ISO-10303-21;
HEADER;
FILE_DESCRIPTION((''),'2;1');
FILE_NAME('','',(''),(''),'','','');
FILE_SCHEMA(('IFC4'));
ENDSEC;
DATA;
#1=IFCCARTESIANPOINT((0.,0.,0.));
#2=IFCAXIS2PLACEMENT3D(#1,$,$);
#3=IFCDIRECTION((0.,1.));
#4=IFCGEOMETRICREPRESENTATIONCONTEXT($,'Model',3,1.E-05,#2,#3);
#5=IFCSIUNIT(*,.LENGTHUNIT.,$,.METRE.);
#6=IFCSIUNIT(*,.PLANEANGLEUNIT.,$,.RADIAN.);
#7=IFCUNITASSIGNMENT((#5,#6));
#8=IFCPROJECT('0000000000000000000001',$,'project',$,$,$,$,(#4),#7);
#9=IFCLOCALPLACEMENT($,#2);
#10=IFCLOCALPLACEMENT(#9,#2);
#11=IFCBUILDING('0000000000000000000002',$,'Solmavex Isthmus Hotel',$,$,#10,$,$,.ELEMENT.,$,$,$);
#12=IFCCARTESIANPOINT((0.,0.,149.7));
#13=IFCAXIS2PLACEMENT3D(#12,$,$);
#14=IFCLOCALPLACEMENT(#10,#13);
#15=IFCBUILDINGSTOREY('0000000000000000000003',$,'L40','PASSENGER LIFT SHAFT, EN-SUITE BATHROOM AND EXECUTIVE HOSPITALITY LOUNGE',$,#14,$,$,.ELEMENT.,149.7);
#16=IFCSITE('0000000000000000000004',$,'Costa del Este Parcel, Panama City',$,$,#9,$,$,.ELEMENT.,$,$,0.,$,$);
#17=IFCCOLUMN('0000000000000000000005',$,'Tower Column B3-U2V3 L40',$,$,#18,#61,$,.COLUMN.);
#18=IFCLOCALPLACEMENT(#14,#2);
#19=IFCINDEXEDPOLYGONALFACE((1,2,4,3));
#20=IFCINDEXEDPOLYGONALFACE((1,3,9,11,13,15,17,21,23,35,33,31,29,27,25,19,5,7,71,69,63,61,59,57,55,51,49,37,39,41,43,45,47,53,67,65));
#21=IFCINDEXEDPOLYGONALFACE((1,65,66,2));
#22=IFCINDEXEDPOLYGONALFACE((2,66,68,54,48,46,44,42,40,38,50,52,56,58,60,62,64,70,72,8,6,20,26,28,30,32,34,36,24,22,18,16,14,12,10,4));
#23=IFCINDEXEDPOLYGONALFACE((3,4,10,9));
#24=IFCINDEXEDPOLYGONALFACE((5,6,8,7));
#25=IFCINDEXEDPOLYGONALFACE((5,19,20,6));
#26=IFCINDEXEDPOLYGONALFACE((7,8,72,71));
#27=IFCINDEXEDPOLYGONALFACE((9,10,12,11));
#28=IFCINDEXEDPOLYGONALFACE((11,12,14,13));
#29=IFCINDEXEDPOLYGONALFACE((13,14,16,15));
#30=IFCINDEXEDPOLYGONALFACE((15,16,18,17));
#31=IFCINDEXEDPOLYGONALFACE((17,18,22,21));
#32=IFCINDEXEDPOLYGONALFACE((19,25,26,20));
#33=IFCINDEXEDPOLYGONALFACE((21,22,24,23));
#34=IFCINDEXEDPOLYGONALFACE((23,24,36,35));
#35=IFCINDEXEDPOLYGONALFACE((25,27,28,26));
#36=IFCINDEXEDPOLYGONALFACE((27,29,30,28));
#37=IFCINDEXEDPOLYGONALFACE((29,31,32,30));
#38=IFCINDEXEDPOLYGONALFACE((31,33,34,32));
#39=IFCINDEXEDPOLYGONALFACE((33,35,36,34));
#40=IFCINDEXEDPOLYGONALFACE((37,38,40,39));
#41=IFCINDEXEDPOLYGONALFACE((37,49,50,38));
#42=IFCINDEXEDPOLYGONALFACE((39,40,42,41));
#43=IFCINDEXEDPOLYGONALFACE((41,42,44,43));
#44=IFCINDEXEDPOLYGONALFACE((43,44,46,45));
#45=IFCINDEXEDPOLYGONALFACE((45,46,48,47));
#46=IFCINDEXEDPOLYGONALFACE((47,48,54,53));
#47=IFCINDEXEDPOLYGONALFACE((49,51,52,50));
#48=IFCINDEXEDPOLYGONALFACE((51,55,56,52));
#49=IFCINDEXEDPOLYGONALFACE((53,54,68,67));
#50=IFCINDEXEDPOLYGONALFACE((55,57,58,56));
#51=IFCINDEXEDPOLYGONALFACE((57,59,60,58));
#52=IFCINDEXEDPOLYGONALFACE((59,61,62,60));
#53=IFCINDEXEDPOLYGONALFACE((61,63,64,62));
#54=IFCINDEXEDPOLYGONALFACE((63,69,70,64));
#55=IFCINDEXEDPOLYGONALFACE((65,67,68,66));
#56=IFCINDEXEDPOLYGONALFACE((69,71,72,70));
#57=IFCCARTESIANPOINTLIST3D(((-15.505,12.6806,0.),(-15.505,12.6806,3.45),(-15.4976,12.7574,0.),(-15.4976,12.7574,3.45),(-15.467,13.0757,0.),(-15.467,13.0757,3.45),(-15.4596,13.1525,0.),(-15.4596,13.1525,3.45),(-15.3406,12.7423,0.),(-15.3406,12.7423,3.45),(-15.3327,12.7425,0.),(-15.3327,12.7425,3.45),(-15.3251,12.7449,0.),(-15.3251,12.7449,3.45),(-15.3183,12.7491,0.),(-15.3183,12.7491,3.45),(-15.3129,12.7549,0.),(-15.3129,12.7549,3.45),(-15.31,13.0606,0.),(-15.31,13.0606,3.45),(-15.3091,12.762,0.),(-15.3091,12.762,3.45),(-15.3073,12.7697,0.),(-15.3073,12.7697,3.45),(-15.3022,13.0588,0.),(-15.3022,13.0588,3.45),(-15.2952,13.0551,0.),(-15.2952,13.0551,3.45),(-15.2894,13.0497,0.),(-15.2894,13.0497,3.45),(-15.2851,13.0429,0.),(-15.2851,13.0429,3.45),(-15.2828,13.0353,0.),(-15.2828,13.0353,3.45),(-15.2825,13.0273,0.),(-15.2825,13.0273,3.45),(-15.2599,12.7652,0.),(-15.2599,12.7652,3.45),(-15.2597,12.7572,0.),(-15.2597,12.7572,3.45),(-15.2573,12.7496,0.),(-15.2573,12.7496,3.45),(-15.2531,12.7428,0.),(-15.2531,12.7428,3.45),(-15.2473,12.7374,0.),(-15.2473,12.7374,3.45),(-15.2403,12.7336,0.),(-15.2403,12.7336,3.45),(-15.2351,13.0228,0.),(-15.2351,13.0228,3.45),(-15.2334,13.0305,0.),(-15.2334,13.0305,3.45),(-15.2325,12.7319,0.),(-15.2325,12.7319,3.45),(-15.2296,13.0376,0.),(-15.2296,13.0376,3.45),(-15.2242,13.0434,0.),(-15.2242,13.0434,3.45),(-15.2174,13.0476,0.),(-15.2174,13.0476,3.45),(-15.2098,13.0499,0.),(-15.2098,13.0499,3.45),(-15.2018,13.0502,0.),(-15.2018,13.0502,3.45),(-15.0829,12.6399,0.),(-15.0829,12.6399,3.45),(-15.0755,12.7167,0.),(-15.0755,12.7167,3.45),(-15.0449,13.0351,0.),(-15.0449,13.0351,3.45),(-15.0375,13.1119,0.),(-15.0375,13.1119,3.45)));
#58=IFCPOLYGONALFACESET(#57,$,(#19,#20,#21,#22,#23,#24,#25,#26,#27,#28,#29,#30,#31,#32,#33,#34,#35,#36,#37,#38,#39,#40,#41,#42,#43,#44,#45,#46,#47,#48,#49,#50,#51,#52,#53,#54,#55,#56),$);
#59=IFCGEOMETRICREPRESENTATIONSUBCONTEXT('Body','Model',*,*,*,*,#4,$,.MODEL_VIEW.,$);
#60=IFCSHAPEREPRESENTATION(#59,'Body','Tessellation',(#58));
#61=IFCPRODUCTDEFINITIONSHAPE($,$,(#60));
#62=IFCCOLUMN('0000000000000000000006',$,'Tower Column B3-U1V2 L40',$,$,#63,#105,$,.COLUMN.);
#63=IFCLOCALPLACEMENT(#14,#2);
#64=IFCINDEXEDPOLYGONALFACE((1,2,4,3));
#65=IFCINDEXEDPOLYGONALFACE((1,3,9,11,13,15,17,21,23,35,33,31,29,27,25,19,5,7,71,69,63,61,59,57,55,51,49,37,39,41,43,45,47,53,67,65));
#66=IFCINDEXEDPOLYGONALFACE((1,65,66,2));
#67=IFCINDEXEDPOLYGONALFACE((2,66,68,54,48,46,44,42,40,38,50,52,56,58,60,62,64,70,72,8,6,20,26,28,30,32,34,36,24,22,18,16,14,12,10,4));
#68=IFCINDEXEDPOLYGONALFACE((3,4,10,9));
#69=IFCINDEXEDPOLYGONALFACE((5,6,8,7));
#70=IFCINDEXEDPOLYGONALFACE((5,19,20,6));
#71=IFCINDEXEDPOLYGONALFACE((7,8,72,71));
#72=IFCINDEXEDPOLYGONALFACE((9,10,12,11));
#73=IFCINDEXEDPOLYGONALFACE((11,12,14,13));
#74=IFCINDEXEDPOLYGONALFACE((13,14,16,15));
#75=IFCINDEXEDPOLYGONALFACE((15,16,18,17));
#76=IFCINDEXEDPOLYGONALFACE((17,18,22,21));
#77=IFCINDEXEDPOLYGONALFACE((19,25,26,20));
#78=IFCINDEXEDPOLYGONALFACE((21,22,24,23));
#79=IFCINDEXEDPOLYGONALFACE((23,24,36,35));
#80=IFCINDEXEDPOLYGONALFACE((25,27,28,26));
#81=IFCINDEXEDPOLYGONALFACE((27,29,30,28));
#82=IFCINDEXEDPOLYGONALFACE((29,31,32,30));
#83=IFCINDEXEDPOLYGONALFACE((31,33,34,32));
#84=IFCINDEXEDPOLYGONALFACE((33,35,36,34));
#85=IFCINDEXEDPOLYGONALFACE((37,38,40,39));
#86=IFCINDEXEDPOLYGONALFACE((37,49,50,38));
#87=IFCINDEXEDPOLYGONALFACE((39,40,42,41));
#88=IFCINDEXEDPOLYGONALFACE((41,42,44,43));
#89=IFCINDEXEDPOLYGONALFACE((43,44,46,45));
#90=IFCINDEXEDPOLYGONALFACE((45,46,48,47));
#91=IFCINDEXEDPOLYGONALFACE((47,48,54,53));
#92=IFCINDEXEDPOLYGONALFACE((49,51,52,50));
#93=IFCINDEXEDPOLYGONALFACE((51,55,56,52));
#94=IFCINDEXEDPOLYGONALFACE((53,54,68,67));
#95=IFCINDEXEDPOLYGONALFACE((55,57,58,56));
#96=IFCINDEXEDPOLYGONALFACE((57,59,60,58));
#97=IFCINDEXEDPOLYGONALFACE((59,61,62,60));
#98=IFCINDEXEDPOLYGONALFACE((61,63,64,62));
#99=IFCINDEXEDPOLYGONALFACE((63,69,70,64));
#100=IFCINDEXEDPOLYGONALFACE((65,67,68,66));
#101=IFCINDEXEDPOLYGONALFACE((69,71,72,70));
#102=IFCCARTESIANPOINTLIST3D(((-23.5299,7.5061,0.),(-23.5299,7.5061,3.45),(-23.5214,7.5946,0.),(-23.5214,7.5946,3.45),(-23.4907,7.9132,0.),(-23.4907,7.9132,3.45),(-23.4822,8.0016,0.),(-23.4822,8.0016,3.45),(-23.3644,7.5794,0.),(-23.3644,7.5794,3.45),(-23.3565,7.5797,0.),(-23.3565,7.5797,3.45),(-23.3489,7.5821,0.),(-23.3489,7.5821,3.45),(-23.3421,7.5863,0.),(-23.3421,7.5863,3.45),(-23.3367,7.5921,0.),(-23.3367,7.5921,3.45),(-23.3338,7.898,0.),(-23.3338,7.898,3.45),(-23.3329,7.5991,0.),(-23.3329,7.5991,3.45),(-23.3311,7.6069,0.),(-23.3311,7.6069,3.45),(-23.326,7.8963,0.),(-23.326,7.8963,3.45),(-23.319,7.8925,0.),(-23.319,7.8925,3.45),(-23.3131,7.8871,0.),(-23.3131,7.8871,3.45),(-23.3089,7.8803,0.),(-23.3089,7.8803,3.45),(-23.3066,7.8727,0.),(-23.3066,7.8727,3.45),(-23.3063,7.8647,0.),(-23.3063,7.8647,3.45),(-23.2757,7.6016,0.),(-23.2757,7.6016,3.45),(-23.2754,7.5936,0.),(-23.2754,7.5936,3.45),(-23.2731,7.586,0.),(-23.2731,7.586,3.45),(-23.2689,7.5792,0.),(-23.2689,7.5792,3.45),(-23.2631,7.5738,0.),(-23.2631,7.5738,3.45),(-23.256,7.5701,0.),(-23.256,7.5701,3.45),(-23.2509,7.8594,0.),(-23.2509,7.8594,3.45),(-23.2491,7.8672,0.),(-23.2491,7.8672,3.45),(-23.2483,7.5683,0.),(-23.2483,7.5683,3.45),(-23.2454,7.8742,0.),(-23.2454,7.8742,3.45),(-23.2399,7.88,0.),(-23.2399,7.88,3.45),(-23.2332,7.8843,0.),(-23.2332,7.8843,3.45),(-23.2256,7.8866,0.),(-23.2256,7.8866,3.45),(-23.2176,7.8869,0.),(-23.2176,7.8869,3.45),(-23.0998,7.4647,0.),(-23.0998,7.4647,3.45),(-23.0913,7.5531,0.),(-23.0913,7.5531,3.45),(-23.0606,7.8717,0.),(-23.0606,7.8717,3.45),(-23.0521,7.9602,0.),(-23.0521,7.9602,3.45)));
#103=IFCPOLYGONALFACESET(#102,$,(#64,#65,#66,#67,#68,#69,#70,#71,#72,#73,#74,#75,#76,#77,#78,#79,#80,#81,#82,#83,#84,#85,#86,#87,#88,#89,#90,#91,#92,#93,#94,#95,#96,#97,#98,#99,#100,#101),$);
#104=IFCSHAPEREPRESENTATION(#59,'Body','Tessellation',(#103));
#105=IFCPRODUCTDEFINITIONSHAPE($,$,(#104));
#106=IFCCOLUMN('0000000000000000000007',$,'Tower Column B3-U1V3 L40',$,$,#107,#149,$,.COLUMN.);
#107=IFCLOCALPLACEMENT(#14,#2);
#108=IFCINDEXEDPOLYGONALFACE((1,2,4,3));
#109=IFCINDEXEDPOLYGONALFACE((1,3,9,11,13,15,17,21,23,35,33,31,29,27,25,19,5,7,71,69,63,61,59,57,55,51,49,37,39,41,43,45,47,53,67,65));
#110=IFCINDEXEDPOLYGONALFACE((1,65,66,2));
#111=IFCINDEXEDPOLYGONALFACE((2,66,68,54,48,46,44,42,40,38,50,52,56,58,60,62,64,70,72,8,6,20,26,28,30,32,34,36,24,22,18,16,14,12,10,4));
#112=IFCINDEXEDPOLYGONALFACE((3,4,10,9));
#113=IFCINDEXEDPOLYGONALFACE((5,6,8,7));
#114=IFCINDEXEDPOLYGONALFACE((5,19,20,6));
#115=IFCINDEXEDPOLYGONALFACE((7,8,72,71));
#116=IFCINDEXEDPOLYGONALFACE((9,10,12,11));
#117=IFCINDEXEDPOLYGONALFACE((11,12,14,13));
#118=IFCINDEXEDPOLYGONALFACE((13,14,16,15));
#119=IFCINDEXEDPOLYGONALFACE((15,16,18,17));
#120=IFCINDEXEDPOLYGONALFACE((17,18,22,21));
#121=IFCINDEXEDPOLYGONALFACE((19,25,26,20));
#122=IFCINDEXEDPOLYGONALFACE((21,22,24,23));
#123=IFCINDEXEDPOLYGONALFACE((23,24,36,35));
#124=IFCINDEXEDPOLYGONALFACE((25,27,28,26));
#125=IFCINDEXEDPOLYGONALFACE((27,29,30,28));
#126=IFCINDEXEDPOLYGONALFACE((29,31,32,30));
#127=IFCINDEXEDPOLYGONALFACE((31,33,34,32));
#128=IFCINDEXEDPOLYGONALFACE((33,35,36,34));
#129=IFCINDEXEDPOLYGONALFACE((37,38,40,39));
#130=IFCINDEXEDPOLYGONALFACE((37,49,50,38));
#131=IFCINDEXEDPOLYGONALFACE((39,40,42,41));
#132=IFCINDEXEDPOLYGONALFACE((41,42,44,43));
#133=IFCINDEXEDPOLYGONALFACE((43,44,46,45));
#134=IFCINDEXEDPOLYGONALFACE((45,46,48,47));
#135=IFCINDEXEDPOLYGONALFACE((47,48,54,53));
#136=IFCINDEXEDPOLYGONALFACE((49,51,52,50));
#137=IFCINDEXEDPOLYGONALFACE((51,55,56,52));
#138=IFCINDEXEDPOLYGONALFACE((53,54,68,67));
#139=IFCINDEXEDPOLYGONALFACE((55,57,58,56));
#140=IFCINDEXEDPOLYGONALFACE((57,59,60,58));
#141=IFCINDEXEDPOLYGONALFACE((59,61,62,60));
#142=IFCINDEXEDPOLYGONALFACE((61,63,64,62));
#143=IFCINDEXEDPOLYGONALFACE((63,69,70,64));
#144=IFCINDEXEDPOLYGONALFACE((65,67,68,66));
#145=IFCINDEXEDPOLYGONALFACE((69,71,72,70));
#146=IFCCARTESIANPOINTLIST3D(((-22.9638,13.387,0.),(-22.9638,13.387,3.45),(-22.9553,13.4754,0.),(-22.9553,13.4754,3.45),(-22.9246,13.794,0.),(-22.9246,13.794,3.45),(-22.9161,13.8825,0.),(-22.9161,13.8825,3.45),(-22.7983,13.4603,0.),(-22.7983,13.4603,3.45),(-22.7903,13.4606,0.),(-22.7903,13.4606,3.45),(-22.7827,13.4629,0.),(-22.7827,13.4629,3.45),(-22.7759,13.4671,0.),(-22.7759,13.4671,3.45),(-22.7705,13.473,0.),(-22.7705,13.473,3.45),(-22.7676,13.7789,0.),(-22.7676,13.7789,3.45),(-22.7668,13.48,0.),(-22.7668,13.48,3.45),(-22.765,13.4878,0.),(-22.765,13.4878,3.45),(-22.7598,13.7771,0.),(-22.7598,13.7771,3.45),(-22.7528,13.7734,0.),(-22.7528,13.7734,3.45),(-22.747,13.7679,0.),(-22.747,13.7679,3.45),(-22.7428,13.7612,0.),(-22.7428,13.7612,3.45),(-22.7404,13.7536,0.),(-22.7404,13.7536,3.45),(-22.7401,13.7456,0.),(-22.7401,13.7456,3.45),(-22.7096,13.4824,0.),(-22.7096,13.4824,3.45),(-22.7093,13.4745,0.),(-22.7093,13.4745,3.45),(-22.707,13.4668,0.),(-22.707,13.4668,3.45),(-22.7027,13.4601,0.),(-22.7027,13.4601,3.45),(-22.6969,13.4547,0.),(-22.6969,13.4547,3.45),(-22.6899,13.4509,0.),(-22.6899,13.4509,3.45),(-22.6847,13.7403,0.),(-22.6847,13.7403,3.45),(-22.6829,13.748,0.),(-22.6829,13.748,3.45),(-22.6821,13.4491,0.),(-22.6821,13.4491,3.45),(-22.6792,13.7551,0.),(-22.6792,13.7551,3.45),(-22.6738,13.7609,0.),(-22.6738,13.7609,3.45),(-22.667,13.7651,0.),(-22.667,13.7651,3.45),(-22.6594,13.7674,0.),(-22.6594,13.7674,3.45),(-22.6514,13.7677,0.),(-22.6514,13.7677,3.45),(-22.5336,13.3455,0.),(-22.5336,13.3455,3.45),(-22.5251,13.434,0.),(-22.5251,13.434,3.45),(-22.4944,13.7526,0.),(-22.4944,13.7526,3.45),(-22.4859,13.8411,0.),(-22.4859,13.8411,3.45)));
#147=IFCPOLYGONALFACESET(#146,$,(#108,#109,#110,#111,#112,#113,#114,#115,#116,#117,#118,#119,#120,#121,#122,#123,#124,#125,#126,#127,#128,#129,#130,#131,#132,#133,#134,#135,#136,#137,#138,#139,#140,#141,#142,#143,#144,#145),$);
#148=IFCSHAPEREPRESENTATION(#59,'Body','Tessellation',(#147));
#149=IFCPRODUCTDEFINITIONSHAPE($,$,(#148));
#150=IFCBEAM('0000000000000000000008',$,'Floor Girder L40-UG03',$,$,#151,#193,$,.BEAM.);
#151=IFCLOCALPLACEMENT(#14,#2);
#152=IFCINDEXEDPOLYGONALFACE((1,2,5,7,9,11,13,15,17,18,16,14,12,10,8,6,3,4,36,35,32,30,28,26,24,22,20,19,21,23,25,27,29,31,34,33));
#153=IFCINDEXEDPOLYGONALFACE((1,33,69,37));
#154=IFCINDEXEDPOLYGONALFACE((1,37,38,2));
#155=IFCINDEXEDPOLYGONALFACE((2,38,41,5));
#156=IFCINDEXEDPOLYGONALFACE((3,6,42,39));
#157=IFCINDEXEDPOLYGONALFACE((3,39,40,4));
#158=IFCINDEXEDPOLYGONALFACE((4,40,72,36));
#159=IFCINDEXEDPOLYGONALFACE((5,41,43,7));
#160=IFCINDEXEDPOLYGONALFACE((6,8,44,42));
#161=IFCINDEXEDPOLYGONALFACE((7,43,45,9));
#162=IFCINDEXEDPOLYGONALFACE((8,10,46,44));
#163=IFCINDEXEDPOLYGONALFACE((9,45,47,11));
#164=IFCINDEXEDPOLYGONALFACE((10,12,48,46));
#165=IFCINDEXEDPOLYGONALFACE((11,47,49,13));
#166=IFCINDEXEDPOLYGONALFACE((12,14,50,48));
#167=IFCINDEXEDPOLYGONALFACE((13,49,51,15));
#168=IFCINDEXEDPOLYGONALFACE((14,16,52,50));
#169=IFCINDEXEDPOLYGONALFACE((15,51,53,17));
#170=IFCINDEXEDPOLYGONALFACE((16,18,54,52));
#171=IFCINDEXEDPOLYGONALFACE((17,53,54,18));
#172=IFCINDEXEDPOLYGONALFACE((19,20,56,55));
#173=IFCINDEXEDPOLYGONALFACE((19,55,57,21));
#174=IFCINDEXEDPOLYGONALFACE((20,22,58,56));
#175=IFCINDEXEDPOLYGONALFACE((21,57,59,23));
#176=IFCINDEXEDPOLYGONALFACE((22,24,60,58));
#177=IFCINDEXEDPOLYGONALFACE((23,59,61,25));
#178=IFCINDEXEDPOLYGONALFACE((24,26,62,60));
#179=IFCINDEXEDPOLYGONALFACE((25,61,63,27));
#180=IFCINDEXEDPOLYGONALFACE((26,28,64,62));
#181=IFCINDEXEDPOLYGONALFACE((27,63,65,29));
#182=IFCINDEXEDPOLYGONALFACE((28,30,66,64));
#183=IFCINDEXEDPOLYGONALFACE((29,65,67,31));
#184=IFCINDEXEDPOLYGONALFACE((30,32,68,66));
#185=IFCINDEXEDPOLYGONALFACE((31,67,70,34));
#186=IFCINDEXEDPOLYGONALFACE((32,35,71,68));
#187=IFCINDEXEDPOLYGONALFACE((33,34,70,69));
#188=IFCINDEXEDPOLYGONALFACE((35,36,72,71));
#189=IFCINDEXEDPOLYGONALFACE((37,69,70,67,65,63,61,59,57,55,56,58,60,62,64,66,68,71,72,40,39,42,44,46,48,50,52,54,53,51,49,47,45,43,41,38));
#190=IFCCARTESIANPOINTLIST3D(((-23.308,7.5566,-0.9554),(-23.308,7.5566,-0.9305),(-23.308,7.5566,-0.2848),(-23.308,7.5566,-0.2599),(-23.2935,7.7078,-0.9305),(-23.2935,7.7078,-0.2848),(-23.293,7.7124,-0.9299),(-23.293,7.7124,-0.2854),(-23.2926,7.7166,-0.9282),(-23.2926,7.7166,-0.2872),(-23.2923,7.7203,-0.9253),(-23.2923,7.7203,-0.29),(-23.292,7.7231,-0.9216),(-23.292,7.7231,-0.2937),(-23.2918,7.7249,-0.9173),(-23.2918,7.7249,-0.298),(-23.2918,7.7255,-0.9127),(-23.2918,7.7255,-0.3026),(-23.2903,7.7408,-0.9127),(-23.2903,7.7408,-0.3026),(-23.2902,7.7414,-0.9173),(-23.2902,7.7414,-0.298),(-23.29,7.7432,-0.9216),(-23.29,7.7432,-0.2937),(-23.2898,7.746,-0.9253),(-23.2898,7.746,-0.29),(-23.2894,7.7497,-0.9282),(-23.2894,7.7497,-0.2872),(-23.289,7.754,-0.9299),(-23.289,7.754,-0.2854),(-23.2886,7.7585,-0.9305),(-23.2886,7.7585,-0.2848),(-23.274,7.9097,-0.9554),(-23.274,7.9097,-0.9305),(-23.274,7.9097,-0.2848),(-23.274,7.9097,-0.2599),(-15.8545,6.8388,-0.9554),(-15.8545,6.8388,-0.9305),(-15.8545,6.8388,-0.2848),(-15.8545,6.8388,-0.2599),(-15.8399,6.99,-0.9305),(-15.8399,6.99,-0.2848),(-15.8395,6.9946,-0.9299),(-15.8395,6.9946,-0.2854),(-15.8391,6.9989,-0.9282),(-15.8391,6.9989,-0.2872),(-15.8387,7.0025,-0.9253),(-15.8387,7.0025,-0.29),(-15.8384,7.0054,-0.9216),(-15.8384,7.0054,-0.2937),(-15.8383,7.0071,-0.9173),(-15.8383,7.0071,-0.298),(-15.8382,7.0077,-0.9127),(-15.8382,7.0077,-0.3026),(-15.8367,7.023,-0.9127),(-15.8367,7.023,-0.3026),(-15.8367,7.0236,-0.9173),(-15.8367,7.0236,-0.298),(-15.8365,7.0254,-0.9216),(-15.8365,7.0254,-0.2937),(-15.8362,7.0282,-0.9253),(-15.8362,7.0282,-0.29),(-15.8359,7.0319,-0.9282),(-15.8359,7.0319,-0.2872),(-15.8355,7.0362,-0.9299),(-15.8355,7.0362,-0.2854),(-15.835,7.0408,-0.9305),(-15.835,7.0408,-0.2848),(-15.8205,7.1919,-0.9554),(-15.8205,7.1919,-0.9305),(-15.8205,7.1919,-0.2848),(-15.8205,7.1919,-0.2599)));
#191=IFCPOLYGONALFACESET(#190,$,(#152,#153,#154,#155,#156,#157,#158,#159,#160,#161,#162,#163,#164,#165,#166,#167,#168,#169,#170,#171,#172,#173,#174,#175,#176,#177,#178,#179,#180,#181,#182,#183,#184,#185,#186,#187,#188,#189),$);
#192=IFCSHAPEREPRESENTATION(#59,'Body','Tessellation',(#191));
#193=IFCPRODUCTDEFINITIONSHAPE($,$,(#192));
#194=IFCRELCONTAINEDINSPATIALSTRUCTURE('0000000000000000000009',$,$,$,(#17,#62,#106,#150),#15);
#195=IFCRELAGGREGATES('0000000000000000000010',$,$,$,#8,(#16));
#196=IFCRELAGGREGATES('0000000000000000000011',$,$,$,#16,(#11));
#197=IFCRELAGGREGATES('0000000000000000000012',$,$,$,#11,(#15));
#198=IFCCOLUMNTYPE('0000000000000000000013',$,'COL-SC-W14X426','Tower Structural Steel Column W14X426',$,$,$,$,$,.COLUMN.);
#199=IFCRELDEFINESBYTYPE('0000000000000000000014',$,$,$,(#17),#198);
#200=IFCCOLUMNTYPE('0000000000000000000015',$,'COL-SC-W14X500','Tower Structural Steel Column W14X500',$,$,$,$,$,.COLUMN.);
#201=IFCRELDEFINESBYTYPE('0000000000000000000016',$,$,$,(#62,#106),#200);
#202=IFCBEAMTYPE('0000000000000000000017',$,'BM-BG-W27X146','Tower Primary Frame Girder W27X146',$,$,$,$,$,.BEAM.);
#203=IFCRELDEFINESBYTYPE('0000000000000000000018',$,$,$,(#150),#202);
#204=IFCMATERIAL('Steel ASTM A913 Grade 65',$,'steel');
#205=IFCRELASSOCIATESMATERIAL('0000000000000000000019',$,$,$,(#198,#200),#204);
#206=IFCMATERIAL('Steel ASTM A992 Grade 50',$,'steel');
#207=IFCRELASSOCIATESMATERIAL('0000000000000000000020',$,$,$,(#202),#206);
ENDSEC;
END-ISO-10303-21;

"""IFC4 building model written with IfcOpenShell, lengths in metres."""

from ifc_helpers import new_model, si_unit, direction, frame, origin, origin_2d, place, context, subcontext, project, spatial, i_section, extrude, material, material_profile, profile_set, type_object, element, save


model = new_model("IFC4")

# Units and contexts
model_context = context("Model", 3, precision=1e-05, world=origin(), true_north=direction((0.0, 1.0)))
body_context = subcontext(model_context, "Body", "Model", "MODEL_VIEW")
ifc_project = project(units=[si_unit("LENGTHUNIT", "METRE"), si_unit("PLANEANGLEUNIT", "RADIAN")], contexts=[model_context])

# Site, building, storey
site_placement = place(None, origin())
site = spatial("IfcSite", under=ifc_project, at=site_placement, Name="Costa del Este Parcel, Panama City", CompositionType="ELEMENT", RefElevation=0.0)
building_placement = place(site_placement, origin())
building = spatial("IfcBuilding", under=site, at=building_placement, Name="Solmavex Isthmus Hotel", CompositionType="ELEMENT")
storey_placement = place(building_placement, frame((0.0, 0.0, 149.7)))
storey = spatial("IfcBuildingStorey", under=building, at=storey_placement, Name="L40", Description="PASSENGER LIFT SHAFT, EN-SUITE BATHROOM AND EXECUTIVE HOSPITALITY LOUNGE", CompositionType="ELEMENT", Elevation=149.7)

# Columns
ifc_material_1 = material(Name="Steel ASTM A913 Grade 65", Category="steel")
ifc_material_profile_1 = material_profile(ifc_material_1, i_section(OverallWidth=0.4241, OverallDepth=0.4741, WebThickness=0.0476, FlangeThickness=0.0771, FilletRadius=0.0305, at=origin_2d()), Name="W14X426")
ifc_profile_set_1 = profile_set([ifc_material_profile_1], Name="Steel ASTM A913 Grade 65")
column_type_1 = type_object("IfcColumnType", Name="COL-SC-W14X426", Description="Tower Structural Steel Column W14X426", PredefinedType="COLUMN", material=ifc_profile_set_1)
column_placement = place(storey_placement, frame((-15.2712, 12.8962, 0.0), z_axis=(0.0, 0.0, 1.0), x_axis=(0.995396, -0.095846, 0.0)))
element("IfcColumn", 1, at=column_placement, inside=storey, type_object=column_type_1, Name="Tower Column B3-U2V3 L40", PredefinedType="COLUMN", context=body_context, shape_type="SweptSolid", body=[
    extrude(i_section(OverallWidth=0.4241, OverallDepth=0.4741, WebThickness=0.0476, FlangeThickness=0.0771, FilletRadius=0.0305, at=origin_2d()), origin(), (0.0, 0.0, 1.0), 3.45),
])
ifc_material_profile_2 = material_profile(ifc_material_1, i_section(OverallWidth=0.4321, OverallDepth=0.4978, WebThickness=0.0557, FlangeThickness=0.0889, FilletRadius=0.0305, at=origin_2d()), Name="W14X500")
ifc_profile_set_2 = profile_set([ifc_material_profile_2], Name="Steel ASTM A913 Grade 65")
column_type_2 = type_object("IfcColumnType", Name="COL-SC-W14X500", Description="Tower Structural Steel Column W14X500", PredefinedType="COLUMN", material=ifc_profile_set_2)
for number, where, z_axis, x_axis, name in (
    (2, (-23.291, 7.7332, 0.0), (0.0, 0.0, 1.0), (0.995396, -0.095846, 0.0), "Tower Column B3-U1V2 L40"),
    (3, (-22.7249, 13.614, 0.0), (0.0, 0.0, 1.0), (0.995396, -0.095846, 0.0), "Tower Column B3-U1V3 L40"),
):
    element("IfcColumn", number, at=place(storey_placement, frame(where, z_axis=z_axis, x_axis=x_axis)), inside=storey, type_object=column_type_2, Name=name, PredefinedType="COLUMN", context=body_context, shape_type="SweptSolid", body=[
        extrude(i_section(OverallWidth=0.4321, OverallDepth=0.4978, WebThickness=0.0557, FlangeThickness=0.0889, FilletRadius=0.0305, at=origin_2d()), origin(), (0.0, 0.0, 1.0), 3.45),
    ])

# Beam
ifc_material_2 = material(Name="Steel ASTM A992 Grade 50", Category="steel")
ifc_material_profile_3 = material_profile(ifc_material_2, i_section(OverallWidth=0.3547, OverallDepth=0.6956, WebThickness=0.0154, FlangeThickness=0.0249, FilletRadius=0.0178, at=origin_2d()), Name="W27X146")
ifc_profile_set_3 = profile_set([ifc_material_profile_3], Name="Steel ASTM A992 Grade 50")
beam_type_1 = type_object("IfcBeamType", Name="BM-BG-W27X146", Description="Tower Primary Frame Girder W27X146", PredefinedType="BEAM", material=ifc_profile_set_3)
for number, where, z_axis, x_axis, name in (
    (4, (-23.291, 7.7332, -0.6077), (0.995395, -0.095855, 0.0), (0.095855, 0.995395, 0.0), "Floor Girder L40-UG03"),
):
    element("IfcBeam", number, at=place(storey_placement, frame(where, z_axis=z_axis, x_axis=x_axis)), inside=storey, type_object=beam_type_1, Name=name, PredefinedType="BEAM", context=body_context, shape_type="SweptSolid", body=[
        extrude(i_section(OverallWidth=0.3547, OverallDepth=0.6956, WebThickness=0.0154, FlangeThickness=0.0249, FilletRadius=0.0178, at=origin_2d()), origin(), (0.0, 0.0, 1.0), 7.488),
    ])

save(model, "model.ifc")
